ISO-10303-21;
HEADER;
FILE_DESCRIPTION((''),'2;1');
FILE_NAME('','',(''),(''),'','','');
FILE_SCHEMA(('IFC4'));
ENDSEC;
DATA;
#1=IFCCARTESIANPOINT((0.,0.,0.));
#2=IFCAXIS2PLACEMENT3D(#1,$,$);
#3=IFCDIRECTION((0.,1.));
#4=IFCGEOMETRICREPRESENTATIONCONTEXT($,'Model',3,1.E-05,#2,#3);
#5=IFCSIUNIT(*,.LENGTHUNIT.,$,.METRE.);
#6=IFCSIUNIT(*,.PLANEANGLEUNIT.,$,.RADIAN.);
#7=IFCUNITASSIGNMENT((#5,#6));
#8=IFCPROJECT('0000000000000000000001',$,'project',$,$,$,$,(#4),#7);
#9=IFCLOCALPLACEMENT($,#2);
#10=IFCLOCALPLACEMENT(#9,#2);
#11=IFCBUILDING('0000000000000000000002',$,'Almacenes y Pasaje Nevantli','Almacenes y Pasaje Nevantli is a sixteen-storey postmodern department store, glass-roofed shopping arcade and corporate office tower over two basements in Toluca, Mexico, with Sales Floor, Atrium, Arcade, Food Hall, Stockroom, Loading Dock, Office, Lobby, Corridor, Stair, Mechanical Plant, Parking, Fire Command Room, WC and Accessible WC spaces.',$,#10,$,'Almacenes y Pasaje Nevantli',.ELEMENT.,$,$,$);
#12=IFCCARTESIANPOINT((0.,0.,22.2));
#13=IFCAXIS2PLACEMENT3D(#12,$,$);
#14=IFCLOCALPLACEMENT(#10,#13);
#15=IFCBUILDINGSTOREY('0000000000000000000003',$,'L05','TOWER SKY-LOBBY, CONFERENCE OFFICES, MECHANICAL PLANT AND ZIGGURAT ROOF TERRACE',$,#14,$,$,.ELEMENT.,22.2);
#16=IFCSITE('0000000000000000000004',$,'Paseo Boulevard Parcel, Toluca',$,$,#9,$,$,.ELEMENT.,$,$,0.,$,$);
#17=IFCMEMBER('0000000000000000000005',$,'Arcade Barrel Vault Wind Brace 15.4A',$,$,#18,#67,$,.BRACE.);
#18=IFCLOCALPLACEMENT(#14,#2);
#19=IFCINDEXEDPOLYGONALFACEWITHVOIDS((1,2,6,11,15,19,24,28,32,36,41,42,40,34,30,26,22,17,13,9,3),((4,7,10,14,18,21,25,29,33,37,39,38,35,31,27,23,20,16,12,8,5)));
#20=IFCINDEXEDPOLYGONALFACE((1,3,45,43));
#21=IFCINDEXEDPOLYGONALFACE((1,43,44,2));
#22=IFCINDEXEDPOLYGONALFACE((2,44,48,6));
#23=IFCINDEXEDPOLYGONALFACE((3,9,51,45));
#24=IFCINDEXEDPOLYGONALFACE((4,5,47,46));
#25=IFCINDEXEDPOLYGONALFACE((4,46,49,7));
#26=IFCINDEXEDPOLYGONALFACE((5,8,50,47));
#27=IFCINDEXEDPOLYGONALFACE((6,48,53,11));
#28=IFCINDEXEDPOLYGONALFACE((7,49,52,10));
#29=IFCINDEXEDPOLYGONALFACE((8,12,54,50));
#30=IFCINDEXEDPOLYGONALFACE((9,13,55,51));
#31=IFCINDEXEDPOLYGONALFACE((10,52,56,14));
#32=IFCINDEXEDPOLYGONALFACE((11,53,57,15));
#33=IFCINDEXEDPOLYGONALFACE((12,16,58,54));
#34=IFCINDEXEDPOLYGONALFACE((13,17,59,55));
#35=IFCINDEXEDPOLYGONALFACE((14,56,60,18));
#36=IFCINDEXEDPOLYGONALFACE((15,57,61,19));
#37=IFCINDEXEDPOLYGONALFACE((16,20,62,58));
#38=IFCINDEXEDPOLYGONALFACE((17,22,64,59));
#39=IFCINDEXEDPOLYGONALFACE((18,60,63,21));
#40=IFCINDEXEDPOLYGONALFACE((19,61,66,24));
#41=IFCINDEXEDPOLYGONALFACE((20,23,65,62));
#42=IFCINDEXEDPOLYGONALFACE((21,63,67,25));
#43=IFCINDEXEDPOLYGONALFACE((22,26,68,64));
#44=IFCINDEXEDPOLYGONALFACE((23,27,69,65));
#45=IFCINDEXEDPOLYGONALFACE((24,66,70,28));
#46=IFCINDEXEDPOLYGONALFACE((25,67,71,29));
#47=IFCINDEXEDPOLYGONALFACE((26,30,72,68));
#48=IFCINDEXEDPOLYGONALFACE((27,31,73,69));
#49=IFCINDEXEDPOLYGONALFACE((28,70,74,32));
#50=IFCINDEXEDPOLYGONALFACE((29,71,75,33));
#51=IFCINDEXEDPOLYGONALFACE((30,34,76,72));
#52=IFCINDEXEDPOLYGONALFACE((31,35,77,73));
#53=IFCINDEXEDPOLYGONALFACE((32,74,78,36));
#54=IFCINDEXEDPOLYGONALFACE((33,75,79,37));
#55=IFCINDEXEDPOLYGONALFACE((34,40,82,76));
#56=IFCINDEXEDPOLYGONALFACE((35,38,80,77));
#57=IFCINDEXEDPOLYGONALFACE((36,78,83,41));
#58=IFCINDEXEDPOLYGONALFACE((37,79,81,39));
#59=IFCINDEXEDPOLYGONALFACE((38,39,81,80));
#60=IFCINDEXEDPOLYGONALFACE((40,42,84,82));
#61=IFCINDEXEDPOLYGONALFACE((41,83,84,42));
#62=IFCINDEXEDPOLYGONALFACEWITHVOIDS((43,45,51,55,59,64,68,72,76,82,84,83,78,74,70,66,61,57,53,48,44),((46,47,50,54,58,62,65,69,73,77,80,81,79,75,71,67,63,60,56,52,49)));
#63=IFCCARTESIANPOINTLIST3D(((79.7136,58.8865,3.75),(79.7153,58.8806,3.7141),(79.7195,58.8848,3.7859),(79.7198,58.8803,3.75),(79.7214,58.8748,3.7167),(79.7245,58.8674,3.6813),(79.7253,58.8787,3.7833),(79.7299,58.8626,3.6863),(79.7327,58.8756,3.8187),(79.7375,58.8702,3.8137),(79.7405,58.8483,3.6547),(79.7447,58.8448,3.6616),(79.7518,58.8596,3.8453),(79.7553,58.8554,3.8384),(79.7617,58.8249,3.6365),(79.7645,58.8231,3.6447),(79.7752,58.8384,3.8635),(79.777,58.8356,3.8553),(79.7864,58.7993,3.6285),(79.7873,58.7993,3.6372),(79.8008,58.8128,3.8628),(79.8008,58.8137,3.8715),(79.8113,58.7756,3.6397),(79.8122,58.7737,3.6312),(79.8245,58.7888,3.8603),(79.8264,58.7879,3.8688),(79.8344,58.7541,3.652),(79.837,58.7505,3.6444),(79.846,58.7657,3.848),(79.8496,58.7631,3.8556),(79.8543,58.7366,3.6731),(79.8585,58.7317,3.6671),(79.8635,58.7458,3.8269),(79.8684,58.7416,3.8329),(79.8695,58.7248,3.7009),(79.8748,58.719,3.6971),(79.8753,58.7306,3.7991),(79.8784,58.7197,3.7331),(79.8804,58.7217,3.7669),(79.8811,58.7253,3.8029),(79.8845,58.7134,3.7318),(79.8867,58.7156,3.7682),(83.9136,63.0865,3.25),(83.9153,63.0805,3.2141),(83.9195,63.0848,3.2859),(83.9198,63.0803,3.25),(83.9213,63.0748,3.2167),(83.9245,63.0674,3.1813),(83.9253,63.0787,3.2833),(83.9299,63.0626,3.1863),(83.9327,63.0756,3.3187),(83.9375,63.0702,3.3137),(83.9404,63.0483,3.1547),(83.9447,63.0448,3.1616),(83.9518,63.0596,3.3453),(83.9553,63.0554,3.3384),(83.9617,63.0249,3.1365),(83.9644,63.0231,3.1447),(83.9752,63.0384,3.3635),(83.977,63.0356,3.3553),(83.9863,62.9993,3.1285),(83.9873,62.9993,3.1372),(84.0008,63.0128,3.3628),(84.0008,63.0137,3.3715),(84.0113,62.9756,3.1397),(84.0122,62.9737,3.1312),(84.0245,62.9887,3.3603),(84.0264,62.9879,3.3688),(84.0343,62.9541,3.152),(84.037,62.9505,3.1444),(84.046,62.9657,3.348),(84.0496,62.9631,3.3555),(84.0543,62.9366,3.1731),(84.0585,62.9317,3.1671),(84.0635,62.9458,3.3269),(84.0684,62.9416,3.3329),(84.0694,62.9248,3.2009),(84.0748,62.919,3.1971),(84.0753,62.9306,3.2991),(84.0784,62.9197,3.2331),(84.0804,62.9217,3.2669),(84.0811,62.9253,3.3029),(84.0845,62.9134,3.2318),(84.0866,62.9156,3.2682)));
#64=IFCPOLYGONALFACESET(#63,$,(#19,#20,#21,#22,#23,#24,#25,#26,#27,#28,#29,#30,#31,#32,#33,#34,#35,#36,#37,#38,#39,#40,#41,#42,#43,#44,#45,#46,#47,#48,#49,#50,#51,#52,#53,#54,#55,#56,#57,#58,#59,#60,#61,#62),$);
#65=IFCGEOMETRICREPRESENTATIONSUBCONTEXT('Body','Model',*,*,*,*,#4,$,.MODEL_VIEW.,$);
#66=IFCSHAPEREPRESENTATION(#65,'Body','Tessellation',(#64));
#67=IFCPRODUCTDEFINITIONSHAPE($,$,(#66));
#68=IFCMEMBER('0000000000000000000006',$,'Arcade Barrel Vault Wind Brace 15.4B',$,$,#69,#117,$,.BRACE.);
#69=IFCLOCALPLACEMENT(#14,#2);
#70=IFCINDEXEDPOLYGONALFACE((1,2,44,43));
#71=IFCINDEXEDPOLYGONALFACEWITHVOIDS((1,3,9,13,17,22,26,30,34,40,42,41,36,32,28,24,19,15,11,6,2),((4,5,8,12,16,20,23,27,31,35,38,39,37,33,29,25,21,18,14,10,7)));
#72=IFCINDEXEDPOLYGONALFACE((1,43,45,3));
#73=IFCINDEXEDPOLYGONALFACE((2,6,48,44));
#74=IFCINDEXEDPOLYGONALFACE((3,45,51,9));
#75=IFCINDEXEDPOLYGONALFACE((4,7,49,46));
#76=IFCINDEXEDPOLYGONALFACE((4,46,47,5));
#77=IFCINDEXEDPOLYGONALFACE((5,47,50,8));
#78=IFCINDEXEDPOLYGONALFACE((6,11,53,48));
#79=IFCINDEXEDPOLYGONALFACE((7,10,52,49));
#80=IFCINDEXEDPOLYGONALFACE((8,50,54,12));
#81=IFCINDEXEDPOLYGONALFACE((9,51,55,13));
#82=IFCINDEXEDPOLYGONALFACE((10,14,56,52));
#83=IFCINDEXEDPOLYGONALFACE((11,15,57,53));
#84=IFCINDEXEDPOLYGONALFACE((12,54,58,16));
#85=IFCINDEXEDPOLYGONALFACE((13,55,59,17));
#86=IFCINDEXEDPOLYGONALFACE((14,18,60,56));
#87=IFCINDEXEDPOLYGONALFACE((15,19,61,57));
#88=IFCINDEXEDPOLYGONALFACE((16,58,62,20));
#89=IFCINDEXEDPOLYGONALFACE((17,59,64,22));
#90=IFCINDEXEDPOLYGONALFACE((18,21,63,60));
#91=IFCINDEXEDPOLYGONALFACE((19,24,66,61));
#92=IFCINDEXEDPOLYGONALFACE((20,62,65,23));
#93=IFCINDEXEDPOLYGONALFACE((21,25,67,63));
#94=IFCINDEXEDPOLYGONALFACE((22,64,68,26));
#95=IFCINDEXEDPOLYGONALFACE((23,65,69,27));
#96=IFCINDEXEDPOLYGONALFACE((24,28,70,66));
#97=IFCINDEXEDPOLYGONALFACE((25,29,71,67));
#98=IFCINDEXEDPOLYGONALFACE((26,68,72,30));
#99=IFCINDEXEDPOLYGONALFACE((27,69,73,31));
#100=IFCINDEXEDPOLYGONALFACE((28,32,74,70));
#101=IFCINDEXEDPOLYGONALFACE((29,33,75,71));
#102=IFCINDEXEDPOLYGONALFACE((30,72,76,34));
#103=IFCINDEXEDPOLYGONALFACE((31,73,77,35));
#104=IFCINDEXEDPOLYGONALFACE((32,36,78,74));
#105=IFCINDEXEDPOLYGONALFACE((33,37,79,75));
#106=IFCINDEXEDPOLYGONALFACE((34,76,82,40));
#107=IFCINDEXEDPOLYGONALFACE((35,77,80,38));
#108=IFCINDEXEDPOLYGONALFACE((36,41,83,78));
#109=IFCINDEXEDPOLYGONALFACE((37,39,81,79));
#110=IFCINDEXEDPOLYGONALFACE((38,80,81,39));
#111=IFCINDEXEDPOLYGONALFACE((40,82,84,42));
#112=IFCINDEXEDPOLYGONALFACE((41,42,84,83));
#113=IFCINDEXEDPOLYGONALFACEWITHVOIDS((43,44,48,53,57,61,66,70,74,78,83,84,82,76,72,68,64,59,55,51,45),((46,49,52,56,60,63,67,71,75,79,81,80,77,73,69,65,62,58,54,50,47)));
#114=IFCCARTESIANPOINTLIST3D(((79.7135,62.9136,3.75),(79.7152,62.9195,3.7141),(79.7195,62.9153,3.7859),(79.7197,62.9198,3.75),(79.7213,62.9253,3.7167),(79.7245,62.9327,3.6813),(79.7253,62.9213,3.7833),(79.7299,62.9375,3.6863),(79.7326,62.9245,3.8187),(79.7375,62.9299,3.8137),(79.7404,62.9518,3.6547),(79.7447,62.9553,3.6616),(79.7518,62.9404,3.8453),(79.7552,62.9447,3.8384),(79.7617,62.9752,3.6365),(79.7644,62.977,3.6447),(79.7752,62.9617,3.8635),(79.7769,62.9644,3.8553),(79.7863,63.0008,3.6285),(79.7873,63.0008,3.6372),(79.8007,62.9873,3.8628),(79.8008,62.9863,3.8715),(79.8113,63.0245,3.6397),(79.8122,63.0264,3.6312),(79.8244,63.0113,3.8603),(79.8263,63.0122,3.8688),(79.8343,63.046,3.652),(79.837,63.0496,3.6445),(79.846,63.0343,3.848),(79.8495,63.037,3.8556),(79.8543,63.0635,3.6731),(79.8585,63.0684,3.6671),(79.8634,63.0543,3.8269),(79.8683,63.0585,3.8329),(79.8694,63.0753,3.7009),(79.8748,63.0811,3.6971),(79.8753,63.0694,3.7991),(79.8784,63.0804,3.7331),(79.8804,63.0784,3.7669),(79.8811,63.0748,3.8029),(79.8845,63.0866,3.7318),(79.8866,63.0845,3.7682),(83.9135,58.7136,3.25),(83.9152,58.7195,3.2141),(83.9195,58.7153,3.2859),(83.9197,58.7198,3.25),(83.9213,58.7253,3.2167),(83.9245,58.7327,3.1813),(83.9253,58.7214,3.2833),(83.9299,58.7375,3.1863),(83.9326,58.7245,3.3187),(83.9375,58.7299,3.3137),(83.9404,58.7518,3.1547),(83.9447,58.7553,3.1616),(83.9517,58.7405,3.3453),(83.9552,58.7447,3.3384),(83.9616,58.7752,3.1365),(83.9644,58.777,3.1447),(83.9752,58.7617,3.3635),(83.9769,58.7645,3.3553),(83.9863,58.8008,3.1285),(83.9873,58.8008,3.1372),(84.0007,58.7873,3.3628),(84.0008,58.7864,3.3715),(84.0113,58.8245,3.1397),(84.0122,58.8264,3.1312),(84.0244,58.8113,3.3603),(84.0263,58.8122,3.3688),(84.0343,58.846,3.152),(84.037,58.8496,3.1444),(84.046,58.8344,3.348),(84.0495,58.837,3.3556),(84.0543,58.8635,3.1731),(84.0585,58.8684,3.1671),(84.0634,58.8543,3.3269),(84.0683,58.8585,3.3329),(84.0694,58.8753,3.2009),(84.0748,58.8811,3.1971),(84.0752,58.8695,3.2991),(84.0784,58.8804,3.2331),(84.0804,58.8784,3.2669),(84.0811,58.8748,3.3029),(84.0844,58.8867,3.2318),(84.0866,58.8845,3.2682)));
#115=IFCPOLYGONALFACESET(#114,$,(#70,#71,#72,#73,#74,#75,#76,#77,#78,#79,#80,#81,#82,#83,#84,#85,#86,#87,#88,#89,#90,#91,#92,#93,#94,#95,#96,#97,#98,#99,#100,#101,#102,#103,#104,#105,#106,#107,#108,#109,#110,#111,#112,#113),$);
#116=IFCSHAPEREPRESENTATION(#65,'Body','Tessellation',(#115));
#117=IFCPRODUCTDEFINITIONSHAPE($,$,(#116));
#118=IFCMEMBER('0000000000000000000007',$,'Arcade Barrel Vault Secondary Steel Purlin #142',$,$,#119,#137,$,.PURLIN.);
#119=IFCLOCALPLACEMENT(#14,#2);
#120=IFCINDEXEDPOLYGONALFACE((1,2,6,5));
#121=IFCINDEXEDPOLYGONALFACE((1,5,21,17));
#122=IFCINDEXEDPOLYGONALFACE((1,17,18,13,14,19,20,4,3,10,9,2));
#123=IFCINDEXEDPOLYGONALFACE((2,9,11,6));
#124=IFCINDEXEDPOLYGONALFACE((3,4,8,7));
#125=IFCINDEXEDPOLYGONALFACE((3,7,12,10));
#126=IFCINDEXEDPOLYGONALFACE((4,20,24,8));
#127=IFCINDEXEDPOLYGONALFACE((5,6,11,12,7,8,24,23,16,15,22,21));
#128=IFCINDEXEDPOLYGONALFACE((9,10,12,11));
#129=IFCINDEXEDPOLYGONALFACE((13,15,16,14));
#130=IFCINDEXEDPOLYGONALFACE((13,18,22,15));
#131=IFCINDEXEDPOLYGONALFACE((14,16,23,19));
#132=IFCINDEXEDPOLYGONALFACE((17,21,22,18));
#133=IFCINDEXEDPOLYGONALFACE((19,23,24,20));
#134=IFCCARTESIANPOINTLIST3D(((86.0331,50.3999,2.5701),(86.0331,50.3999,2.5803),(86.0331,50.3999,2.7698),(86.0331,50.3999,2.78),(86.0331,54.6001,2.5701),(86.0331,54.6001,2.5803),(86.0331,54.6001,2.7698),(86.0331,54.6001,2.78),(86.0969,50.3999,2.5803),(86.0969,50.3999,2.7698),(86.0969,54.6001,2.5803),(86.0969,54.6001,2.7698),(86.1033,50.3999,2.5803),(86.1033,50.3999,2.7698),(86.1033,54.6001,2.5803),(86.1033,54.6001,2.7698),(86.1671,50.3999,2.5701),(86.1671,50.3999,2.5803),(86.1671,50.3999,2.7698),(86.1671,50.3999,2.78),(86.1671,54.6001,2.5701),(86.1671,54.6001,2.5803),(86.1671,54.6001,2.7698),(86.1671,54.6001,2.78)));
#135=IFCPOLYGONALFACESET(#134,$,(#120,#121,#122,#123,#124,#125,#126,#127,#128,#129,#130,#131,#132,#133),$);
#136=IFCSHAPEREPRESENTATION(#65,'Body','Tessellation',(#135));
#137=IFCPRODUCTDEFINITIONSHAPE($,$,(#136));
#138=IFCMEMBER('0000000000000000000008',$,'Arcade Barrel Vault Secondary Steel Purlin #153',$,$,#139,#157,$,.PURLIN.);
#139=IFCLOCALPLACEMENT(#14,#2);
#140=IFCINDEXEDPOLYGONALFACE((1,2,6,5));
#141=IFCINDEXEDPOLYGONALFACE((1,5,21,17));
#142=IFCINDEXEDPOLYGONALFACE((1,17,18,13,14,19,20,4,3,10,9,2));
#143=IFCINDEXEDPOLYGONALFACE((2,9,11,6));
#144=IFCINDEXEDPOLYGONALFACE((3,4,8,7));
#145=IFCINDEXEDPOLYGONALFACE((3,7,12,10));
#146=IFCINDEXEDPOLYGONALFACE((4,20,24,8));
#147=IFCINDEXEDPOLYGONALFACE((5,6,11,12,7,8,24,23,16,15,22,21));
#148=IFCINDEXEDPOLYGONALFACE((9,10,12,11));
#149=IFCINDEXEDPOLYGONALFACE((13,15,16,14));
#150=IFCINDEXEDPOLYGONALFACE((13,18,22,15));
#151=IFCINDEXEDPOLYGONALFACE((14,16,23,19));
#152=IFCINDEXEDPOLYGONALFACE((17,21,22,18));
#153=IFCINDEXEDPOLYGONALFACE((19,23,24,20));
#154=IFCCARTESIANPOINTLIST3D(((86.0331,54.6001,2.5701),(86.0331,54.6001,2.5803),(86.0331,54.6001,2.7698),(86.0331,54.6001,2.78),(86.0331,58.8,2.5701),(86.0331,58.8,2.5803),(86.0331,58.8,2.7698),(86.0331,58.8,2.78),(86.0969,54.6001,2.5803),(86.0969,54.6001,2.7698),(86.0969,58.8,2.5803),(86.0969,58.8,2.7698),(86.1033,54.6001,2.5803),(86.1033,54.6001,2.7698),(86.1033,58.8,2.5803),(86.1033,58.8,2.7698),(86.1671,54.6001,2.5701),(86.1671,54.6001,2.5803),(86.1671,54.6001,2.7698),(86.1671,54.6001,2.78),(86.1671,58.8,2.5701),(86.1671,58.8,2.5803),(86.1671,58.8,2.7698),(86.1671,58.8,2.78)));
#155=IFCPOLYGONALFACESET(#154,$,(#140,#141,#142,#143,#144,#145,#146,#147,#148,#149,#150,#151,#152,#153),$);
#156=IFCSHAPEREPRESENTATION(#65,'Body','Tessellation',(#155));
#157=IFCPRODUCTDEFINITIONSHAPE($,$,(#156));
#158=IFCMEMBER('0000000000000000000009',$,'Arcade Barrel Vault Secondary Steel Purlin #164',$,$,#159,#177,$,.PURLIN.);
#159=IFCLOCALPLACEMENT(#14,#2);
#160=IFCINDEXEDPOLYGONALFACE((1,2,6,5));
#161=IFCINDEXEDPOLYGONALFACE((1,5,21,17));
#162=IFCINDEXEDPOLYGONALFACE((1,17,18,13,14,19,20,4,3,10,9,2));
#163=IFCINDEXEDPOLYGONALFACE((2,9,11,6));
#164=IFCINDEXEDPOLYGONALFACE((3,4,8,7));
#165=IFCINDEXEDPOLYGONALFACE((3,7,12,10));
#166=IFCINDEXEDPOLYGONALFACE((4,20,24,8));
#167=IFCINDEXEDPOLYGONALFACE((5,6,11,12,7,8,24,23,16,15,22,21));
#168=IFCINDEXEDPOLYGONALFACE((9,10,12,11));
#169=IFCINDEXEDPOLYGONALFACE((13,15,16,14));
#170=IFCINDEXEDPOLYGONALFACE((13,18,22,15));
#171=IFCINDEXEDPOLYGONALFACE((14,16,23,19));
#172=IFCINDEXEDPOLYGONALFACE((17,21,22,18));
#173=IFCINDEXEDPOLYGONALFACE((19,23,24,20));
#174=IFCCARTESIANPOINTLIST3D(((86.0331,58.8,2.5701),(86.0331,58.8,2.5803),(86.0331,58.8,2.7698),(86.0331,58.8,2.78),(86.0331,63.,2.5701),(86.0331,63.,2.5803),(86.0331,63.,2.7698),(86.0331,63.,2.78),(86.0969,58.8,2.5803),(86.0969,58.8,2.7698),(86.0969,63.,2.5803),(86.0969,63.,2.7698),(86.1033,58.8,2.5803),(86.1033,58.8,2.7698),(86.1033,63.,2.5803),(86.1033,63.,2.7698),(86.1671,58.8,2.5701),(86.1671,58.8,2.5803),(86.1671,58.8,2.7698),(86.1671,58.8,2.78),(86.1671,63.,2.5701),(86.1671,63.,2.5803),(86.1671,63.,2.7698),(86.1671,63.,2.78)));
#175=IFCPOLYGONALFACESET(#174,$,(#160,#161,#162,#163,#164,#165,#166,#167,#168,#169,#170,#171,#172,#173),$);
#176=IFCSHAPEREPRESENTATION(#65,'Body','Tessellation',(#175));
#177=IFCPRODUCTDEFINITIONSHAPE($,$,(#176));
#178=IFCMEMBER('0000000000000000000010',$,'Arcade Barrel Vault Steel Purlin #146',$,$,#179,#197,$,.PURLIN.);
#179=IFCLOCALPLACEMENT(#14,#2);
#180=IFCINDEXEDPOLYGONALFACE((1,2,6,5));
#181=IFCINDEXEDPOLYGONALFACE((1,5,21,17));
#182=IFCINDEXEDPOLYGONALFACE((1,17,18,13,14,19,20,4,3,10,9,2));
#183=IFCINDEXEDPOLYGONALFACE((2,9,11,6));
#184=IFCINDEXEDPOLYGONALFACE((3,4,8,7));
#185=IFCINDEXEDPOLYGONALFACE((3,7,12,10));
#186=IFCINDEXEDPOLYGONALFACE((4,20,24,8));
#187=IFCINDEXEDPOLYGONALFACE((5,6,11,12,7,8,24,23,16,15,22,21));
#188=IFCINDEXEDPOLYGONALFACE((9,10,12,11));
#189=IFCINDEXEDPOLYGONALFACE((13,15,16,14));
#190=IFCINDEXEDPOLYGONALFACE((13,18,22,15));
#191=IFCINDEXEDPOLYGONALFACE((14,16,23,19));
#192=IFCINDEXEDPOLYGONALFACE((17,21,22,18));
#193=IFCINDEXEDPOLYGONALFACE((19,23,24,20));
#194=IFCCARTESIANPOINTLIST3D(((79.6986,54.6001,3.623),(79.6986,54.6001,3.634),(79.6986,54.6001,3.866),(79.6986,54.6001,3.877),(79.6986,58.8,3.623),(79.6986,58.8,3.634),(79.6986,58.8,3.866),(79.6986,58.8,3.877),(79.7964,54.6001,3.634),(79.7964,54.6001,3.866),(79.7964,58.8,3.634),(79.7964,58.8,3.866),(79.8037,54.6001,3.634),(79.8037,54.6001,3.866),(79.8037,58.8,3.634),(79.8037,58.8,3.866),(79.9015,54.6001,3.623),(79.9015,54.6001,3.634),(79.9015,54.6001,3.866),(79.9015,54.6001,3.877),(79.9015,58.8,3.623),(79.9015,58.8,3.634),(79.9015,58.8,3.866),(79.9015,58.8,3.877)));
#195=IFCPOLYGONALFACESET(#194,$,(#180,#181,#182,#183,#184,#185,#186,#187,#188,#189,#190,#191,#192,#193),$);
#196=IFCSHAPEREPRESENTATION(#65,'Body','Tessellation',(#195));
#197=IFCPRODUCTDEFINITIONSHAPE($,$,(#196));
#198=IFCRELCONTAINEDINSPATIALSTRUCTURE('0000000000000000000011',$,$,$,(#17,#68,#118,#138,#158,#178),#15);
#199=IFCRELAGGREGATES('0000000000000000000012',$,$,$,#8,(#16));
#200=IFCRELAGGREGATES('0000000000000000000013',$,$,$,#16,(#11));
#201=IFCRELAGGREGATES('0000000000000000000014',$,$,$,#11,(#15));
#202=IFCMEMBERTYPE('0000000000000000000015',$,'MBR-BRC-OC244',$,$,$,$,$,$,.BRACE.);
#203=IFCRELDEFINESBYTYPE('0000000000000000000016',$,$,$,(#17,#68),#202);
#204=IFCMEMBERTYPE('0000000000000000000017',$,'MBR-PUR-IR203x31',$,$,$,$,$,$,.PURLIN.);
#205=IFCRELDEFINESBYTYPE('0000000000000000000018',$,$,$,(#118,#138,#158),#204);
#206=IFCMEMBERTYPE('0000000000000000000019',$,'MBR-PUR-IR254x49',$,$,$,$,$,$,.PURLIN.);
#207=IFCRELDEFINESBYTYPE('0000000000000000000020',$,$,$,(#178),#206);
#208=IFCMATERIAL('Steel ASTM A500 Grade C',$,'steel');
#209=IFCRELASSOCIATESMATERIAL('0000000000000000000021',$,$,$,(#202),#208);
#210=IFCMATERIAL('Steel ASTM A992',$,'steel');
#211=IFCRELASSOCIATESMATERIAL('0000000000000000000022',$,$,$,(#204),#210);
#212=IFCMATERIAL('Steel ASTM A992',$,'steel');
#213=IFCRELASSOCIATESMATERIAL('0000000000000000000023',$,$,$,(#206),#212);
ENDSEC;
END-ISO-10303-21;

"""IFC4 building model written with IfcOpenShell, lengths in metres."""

from ifc_helpers import new_model, si_unit, direction, frame, origin, origin_2d, place, context, subcontext, project, spatial, hollow_circle, i_section, extrude, material, material_profile, profile_set, type_object, element, save


model = new_model("IFC4")

# Units and contexts
model_context = context("Model", 3, precision=1e-05, world=origin(), true_north=direction((0.0, 1.0)))
body_context = subcontext(model_context, "Body", "Model", "MODEL_VIEW")
ifc_project = project(units=[si_unit("LENGTHUNIT", "METRE"), si_unit("PLANEANGLEUNIT", "RADIAN")], contexts=[model_context])

# Site, building, storey
site_placement = place(None, origin())
site = spatial("IfcSite", under=ifc_project, at=site_placement, Name="Paseo Boulevard Parcel, Toluca", CompositionType="ELEMENT", RefElevation=0.0)
building_placement = place(site_placement, origin())
building = spatial("IfcBuilding", under=site, at=building_placement, Name="Almacenes y Pasaje Nevantli", Description="Almacenes y Pasaje Nevantli is a sixteen-storey postmodern department store, glass-roofed shopping arcade and corporate office tower over two basements in Toluca, Mexico, with Sales Floor, Atrium, Arcade, Food Hall, Stockroom, Loading Dock, Office, Lobby, Corridor, Stair, Mechanical Plant, Parking, Fire Command Room, WC and Accessible WC spaces.", LongName="Almacenes y Pasaje Nevantli", CompositionType="ELEMENT")
storey_placement = place(building_placement, frame((0.0, 0.0, 22.2)))
storey = spatial("IfcBuildingStorey", under=building, at=storey_placement, Name="L05", Description="TOWER SKY-LOBBY, CONFERENCE OFFICES, MECHANICAL PLANT AND ZIGGURAT ROOF TERRACE", CompositionType="ELEMENT", Elevation=22.2)

# Members
ifc_material_1 = material(Name="Steel ASTM A500 Grade C", Category="steel")
ifc_material_profile_1 = material_profile(ifc_material_1, hollow_circle(Radius=0.1223, WallThickness=0.0088, at=origin_2d()), Name="OC 244x8.9")
ifc_profile_set_1 = profile_set([ifc_material_profile_1], Name="Steel ASTM A500 Grade C")
member_type_1 = type_object("IfcMemberType", Name="MBR-BRC-OC244", PredefinedType="BRACE", material=ifc_profile_set_1)
for number, where, z_axis, x_axis, name in (
    (1, (79.8, 58.8, 3.75), (0.704615, 0.704615, -0.083884), (-0.707107, 0.707107, 0.0), "Arcade Barrel Vault Wind Brace 15.4A"),
    (2, (84.0, 58.8, 3.25), (-0.704615, 0.704615, 0.083884), (-0.707107, -0.707107, 0.0), "Arcade Barrel Vault Wind Brace 15.4B"),
):
    element("IfcMember", number, at=place(storey_placement, frame(where, z_axis=z_axis, x_axis=x_axis)), inside=storey, type_object=member_type_1, Name=name, PredefinedType="BRACE", context=body_context, shape_type="SweptSolid", body=[
        extrude(hollow_circle(Radius=0.1223, WallThickness=0.0088, at=origin_2d()), origin(), (0.0, 0.0, 1.0), 5.9607),
    ])
ifc_material_2 = material(Name="Steel ASTM A992", Category="steel")
ifc_material_profile_2 = material_profile(ifc_material_2, i_section(OverallWidth=0.134, OverallDepth=0.21, WebThickness=0.0063, FlangeThickness=0.0103, at=origin_2d()), Name="IR 203x31.3")
ifc_profile_set_2 = profile_set([ifc_material_profile_2], Name="Steel ASTM A992")
member_type_2 = type_object("IfcMemberType", Name="MBR-PUR-IR203x31", PredefinedType="PURLIN", material=ifc_profile_set_2)
member_1_placement = place(storey_placement, frame((86.1001, 50.3999, 2.675), z_axis=(0.0, 1.0, 0.0), x_axis=(-1.0, 0.0, 0.0)))
element("IfcMember", 3, at=member_1_placement, inside=storey, type_object=member_type_2, Name="Arcade Barrel Vault Secondary Steel Purlin #142", PredefinedType="PURLIN", context=body_context, shape_type="SweptSolid", body=[
    extrude(i_section(OverallWidth=0.134, OverallDepth=0.21, WebThickness=0.0063, FlangeThickness=0.0103, at=origin_2d()), origin(), (0.0, 0.0, 1.0), 4.2002),
])
for number, where, z_axis, x_axis, name in (
    (4, (86.1001, 54.6001, 2.675), (0.0, 1.0, 0.0), (-1.0, 0.0, 0.0), "Arcade Barrel Vault Secondary Steel Purlin #153"),
    (5, (86.1001, 58.8, 2.675), (0.0, 1.0, 0.0), (-1.0, 0.0, 0.0), "Arcade Barrel Vault Secondary Steel Purlin #164"),
):
    element("IfcMember", number, at=place(storey_placement, frame(where, z_axis=z_axis, x_axis=x_axis)), inside=storey, type_object=member_type_2, Name=name, PredefinedType="PURLIN", context=body_context, shape_type="SweptSolid", body=[
        extrude(i_section(OverallWidth=0.134, OverallDepth=0.21, WebThickness=0.0063, FlangeThickness=0.0103, at=origin_2d()), origin(), (0.0, 0.0, 1.0), 4.2),
    ])
ifc_material_3 = material(Name="Steel ASTM A992", Category="steel")
ifc_material_profile_3 = material_profile(ifc_material_3, i_section(OverallWidth=0.2029, OverallDepth=0.2539, WebThickness=0.0073, FlangeThickness=0.011, at=origin_2d()), Name="IR 254x49.1")
ifc_profile_set_3 = profile_set([ifc_material_profile_3], Name="Steel ASTM A992")
member_type_3 = type_object("IfcMemberType", Name="MBR-PUR-IR254x49", PredefinedType="PURLIN", material=ifc_profile_set_3)
for number, where, z_axis, x_axis, name in (
    (6, (79.8, 54.6001, 3.75), (0.0, 1.0, 0.0), (-1.0, 0.0, 0.0), "Arcade Barrel Vault Steel Purlin #146"),
):
    element("IfcMember", number, at=place(storey_placement, frame(where, z_axis=z_axis, x_axis=x_axis)), inside=storey, type_object=member_type_3, Name=name, PredefinedType="PURLIN", context=body_context, shape_type="SweptSolid", body=[
        extrude(i_section(OverallWidth=0.2029, OverallDepth=0.2539, WebThickness=0.0073, FlangeThickness=0.011, at=origin_2d()), origin(), (0.0, 0.0, 1.0), 4.2),
    ])

save(model, "model.ifc")
